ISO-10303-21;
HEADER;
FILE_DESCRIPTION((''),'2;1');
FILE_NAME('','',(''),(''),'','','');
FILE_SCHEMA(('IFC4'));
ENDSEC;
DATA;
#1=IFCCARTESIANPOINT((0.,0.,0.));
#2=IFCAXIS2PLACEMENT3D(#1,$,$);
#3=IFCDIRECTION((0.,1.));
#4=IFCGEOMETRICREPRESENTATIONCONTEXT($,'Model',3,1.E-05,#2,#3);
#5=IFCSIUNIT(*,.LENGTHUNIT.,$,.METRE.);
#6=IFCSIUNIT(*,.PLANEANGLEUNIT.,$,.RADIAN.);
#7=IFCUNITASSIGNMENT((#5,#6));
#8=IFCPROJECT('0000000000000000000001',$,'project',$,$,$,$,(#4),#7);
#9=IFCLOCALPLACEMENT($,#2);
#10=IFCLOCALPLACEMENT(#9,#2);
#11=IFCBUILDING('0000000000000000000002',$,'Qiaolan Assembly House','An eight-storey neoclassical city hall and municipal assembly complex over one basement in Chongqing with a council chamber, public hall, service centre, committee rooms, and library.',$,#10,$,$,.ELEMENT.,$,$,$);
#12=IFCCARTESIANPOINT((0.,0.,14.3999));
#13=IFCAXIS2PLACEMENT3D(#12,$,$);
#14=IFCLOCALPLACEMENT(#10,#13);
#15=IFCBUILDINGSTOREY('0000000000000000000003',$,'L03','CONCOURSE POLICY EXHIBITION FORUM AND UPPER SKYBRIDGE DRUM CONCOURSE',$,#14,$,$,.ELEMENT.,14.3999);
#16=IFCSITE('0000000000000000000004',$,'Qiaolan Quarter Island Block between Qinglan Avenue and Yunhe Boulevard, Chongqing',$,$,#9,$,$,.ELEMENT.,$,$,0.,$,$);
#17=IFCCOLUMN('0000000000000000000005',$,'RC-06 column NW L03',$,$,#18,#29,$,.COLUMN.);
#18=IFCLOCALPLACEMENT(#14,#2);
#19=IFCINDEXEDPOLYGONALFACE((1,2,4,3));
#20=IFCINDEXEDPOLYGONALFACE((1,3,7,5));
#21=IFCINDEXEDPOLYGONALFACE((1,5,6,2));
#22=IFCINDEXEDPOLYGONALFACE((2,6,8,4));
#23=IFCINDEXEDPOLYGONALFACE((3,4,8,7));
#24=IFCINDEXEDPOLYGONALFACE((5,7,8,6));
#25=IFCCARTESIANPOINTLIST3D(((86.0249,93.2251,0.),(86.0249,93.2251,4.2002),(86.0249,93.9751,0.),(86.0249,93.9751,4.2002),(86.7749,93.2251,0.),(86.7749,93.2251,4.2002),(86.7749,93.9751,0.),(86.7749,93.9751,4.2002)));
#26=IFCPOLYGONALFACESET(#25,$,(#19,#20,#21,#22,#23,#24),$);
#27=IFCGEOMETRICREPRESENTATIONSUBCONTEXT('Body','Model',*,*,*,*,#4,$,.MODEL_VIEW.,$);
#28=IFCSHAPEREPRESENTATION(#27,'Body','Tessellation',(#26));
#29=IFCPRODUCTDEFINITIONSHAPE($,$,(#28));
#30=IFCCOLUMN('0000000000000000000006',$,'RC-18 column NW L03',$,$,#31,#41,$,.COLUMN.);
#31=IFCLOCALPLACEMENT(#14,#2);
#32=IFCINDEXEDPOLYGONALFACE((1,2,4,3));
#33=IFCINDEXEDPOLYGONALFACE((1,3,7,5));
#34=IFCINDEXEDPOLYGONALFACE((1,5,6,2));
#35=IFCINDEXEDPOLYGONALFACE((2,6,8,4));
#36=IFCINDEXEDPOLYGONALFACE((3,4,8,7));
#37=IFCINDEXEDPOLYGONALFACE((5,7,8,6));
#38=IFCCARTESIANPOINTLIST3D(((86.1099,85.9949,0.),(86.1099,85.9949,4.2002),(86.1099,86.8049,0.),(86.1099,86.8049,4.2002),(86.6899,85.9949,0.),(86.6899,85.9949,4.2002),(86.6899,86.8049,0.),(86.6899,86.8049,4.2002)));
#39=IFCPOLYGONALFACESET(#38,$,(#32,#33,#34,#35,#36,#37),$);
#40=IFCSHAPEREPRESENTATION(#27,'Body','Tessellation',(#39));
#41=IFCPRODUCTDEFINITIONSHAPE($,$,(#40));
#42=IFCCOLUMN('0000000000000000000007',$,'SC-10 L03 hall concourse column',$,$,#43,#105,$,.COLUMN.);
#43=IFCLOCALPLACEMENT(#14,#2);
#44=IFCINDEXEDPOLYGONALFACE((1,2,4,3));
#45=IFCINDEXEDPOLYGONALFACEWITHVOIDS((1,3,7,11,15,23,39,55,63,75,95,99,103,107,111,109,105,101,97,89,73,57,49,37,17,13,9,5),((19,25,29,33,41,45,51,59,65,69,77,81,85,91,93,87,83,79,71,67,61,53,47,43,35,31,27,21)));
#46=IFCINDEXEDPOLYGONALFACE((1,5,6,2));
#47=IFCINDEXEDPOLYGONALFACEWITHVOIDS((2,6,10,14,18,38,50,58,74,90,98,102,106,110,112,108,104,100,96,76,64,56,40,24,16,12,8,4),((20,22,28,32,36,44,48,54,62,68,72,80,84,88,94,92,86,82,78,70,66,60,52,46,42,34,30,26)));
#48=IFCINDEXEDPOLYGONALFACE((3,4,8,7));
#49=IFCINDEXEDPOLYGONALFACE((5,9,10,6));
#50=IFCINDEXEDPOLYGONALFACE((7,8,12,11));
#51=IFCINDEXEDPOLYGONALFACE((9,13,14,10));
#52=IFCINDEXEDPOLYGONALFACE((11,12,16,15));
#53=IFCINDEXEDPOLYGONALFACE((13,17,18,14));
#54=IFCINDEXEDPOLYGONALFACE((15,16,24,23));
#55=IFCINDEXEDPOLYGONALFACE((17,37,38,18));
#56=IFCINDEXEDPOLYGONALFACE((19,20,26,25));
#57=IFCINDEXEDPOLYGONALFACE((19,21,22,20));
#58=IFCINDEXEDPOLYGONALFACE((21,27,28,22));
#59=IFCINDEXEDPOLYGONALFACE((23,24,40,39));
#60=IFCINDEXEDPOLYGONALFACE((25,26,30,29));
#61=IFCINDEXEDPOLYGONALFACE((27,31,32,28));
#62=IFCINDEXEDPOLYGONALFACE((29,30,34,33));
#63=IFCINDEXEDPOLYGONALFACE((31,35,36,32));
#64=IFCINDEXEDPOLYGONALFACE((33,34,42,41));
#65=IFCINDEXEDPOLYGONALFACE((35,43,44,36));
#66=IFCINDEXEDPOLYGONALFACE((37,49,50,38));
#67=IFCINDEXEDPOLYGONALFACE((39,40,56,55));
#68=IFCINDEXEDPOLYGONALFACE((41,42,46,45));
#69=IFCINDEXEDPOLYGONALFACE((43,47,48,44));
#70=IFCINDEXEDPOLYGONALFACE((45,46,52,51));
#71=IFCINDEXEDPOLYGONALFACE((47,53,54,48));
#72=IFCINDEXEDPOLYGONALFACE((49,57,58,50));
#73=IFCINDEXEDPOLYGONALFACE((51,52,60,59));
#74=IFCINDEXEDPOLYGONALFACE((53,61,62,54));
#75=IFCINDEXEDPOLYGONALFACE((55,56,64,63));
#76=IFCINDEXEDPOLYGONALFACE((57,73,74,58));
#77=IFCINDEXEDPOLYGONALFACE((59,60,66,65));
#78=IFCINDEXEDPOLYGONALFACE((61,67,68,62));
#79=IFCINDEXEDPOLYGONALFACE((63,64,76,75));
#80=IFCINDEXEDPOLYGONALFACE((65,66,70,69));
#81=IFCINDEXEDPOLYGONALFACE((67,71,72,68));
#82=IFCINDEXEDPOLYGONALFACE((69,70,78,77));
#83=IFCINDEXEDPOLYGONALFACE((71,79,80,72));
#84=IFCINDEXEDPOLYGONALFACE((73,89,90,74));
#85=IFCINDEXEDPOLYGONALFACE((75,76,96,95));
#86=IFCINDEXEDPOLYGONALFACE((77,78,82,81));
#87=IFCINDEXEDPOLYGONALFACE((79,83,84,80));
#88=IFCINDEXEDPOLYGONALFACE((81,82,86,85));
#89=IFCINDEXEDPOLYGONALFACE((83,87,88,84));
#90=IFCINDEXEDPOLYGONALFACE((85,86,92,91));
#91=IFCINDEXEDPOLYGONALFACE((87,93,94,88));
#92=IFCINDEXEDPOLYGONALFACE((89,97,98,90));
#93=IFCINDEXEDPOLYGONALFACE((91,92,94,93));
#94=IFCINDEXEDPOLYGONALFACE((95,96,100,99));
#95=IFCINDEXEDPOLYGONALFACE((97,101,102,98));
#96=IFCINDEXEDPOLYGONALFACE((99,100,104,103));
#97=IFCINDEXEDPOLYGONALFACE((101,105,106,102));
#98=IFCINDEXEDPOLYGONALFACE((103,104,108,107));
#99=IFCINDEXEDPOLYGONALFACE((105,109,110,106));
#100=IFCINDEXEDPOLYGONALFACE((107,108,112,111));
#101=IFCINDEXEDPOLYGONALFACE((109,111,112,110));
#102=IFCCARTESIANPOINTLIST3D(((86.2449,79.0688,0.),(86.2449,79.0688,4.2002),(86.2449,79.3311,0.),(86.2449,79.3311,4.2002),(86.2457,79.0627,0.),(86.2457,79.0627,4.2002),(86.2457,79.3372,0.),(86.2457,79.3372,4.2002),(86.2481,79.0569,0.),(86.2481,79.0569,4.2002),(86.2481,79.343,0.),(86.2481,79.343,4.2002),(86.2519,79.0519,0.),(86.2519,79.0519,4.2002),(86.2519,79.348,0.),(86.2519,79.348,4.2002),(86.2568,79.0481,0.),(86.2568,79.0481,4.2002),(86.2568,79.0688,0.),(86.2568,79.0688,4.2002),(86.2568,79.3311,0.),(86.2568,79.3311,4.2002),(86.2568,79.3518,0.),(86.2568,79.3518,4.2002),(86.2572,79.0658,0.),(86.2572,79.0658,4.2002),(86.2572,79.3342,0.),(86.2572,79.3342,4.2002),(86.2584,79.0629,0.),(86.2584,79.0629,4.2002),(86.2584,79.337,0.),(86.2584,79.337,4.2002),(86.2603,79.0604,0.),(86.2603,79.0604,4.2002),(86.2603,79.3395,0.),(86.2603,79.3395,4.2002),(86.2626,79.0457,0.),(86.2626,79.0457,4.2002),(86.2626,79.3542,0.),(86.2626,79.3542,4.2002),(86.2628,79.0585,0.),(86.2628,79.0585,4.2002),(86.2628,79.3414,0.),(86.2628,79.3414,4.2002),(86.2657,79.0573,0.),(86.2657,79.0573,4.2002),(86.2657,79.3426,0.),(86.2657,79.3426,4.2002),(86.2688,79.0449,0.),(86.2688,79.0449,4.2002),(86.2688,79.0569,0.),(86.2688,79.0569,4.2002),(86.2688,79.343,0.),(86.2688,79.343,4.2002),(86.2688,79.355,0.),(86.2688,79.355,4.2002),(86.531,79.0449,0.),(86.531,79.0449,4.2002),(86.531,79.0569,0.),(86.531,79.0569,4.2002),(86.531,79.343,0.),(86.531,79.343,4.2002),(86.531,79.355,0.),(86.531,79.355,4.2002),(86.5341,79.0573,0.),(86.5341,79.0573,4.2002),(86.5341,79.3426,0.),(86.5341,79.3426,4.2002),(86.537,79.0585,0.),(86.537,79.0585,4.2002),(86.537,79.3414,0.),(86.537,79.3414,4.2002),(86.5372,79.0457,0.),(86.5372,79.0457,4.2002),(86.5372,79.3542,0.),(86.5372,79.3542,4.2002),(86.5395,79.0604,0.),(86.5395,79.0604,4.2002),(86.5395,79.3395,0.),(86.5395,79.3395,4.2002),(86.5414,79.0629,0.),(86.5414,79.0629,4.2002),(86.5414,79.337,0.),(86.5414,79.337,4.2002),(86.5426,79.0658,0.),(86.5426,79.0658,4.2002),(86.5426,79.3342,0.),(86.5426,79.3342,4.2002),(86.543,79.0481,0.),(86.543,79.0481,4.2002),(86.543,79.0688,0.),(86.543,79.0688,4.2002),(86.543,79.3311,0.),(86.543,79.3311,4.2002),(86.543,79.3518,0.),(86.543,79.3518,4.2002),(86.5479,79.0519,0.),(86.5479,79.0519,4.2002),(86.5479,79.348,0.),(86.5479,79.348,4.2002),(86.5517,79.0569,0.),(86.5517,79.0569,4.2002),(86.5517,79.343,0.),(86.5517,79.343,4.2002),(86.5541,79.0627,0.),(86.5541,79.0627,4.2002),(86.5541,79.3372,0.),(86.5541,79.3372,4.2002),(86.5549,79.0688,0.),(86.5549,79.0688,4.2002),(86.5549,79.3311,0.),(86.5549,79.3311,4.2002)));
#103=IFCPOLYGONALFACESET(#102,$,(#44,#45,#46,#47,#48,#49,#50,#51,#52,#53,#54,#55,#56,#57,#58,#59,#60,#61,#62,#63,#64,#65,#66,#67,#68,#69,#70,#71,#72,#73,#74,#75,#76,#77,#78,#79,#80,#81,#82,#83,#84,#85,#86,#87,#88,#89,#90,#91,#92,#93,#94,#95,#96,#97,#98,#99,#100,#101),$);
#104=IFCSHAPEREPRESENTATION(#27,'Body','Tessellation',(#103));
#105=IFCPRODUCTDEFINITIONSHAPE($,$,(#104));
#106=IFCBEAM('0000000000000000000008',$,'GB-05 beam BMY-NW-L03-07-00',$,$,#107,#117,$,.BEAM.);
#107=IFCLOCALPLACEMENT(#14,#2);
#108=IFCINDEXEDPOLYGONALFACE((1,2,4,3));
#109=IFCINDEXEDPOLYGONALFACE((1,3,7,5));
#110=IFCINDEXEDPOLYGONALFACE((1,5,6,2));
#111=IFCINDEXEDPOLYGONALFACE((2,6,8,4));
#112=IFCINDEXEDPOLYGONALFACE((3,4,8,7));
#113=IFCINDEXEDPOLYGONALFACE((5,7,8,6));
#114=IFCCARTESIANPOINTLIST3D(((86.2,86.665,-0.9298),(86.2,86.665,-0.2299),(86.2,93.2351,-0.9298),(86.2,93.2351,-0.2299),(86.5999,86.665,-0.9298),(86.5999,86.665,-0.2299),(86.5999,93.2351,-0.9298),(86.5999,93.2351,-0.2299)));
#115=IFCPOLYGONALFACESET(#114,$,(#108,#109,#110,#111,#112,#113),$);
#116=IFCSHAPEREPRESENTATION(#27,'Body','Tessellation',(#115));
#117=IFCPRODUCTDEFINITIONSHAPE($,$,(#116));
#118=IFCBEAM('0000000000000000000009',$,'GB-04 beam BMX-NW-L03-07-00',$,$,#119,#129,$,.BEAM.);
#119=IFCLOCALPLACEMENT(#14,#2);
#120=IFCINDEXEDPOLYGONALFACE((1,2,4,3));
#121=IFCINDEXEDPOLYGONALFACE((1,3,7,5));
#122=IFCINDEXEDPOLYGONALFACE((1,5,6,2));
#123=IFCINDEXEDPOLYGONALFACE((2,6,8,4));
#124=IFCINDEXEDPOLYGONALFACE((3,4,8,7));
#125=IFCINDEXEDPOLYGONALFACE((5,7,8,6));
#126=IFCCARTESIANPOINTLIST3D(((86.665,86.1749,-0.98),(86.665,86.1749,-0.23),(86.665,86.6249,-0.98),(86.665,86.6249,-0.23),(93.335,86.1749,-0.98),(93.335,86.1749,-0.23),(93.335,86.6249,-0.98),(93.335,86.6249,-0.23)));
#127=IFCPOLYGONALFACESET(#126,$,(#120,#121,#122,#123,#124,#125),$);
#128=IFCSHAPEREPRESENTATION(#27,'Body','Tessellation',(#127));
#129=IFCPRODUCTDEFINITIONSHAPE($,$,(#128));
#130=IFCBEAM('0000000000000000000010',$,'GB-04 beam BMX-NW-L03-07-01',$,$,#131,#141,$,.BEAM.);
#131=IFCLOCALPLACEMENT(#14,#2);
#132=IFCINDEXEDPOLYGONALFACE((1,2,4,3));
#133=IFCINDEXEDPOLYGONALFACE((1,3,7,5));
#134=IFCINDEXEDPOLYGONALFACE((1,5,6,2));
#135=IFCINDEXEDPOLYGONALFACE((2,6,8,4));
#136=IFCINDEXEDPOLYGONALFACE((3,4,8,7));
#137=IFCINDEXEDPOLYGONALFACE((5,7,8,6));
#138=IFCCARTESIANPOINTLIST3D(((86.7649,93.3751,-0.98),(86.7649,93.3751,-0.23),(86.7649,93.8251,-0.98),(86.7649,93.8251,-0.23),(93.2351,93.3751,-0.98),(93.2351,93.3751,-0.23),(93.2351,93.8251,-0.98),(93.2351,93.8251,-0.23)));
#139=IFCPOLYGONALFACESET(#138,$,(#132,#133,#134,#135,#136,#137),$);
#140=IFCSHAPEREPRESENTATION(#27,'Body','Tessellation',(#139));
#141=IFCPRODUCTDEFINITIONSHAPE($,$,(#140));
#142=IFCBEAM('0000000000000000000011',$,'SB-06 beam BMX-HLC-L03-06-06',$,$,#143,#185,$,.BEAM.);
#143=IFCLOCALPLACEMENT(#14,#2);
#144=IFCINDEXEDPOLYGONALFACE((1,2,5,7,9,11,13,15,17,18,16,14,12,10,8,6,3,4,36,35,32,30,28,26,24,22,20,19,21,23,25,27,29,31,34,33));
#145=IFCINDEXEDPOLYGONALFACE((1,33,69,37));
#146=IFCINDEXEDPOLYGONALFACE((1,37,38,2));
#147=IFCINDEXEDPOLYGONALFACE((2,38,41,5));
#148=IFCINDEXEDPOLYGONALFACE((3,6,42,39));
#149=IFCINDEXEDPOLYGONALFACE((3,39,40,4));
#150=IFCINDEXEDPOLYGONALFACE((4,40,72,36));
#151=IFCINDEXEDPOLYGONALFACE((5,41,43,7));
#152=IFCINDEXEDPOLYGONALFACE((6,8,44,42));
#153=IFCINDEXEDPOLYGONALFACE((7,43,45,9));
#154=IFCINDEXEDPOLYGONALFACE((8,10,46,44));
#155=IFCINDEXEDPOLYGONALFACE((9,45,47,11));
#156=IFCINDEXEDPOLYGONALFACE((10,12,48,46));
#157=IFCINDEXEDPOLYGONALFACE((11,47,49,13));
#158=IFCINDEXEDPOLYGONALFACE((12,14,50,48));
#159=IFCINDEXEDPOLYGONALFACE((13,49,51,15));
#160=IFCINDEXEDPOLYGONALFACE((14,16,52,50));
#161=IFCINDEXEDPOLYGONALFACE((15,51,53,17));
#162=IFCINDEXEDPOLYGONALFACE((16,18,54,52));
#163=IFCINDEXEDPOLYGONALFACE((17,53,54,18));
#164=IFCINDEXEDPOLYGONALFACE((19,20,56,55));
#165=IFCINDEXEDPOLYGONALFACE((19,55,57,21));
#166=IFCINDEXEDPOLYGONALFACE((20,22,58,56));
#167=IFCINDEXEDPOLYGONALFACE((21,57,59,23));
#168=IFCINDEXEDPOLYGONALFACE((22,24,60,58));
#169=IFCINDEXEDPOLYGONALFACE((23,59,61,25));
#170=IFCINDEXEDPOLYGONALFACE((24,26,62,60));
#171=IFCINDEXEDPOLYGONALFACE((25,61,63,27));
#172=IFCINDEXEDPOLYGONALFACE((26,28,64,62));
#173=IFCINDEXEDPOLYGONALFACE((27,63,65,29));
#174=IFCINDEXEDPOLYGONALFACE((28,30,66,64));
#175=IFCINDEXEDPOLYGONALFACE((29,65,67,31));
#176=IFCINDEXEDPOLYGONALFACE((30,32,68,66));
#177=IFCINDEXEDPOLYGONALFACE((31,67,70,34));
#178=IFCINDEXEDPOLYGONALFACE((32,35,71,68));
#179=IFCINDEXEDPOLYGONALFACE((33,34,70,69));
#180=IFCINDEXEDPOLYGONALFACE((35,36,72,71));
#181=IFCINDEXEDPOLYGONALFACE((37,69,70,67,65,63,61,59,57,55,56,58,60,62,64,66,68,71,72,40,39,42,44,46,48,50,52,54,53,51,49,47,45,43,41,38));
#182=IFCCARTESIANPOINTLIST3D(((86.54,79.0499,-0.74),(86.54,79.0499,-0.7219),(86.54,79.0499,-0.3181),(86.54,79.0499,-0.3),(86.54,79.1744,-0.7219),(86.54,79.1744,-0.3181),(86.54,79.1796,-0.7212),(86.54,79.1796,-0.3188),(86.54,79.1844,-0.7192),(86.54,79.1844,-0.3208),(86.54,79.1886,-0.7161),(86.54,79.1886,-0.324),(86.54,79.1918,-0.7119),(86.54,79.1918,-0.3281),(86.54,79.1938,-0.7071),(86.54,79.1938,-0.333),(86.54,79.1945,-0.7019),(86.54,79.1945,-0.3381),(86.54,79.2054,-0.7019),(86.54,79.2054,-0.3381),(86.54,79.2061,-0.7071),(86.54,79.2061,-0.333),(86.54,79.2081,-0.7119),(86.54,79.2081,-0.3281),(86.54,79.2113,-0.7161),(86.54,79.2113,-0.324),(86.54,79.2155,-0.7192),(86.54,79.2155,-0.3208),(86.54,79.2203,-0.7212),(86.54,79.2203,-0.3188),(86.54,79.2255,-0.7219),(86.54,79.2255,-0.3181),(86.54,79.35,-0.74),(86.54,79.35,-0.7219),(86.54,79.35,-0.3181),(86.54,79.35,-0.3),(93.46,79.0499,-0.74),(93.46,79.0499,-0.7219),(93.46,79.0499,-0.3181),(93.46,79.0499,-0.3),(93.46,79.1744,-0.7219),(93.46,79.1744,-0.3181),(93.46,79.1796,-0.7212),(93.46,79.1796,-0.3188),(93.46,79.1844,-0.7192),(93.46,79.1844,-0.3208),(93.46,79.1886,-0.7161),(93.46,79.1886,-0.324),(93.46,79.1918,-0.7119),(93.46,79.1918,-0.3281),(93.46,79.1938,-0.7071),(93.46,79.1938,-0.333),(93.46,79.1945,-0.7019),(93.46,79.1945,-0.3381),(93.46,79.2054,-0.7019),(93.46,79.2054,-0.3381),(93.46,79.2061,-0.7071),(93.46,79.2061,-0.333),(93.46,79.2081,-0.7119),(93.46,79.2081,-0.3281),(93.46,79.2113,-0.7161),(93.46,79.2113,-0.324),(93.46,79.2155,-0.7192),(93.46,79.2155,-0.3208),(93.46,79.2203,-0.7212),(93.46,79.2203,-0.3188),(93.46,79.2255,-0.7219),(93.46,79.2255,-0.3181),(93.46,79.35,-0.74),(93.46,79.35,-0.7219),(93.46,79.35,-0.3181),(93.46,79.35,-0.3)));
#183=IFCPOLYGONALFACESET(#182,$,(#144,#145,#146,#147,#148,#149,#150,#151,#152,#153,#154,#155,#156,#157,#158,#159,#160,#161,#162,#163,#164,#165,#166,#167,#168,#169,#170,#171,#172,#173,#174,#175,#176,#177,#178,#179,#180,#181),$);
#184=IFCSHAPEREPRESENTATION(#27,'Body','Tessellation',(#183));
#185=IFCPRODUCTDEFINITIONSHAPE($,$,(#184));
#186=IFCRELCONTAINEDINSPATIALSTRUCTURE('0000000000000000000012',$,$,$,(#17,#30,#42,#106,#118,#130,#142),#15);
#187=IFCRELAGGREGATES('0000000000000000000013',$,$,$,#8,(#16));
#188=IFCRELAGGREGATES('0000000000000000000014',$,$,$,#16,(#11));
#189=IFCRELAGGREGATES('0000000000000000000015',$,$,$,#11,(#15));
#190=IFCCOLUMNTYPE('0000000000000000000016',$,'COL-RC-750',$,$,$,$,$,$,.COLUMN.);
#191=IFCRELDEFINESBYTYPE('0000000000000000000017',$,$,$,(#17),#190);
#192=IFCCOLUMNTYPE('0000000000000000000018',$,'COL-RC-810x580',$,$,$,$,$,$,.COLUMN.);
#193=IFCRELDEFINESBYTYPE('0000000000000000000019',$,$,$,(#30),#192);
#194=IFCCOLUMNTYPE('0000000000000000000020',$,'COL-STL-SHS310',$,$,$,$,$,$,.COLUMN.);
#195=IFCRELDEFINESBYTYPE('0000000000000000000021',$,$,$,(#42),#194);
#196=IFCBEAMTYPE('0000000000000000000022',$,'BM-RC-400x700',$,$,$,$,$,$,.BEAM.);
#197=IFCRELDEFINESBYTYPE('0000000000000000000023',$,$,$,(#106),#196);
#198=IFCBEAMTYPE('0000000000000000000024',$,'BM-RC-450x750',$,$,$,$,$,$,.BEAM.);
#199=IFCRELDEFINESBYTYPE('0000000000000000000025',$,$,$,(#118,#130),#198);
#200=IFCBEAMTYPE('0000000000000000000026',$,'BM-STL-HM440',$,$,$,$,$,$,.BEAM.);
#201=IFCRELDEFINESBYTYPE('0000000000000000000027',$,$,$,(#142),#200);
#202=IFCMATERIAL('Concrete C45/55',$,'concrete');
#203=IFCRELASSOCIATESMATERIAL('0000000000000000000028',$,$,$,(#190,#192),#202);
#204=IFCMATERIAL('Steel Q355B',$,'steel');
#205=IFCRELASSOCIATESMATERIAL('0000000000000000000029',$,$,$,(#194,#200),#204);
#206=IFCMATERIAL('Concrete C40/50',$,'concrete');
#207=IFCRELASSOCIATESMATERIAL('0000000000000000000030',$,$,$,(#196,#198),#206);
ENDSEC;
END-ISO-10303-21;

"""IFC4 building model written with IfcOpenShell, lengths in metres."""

from ifc_helpers import new_model, si_unit, direction, frame, origin, origin_2d, place, context, subcontext, project, spatial, rectangle, hollow_rectangle, i_section, extrude, material, material_profile, profile_set, type_object, element, save


model = new_model("IFC4")

# Units and contexts
model_context = context("Model", 3, precision=1e-05, world=origin(), true_north=direction((0.0, 1.0)))
body_context = subcontext(model_context, "Body", "Model", "MODEL_VIEW")
ifc_project = project(units=[si_unit("LENGTHUNIT", "METRE"), si_unit("PLANEANGLEUNIT", "RADIAN")], contexts=[model_context])

# Site, building, storey
site_placement = place(None, origin())
site = spatial("IfcSite", under=ifc_project, at=site_placement, Name="Qiaolan Quarter Island Block between Qinglan Avenue and Yunhe Boulevard, Chongqing", CompositionType="ELEMENT", RefElevation=0.0)
building_placement = place(site_placement, origin())
building = spatial("IfcBuilding", under=site, at=building_placement, Name="Qiaolan Assembly House", Description="An eight-storey neoclassical city hall and municipal assembly complex over one basement in Chongqing with a council chamber, public hall, service centre, committee rooms, and library.", CompositionType="ELEMENT")
storey_placement = place(building_placement, frame((0.0, 0.0, 14.3999)))
storey = spatial("IfcBuildingStorey", under=building, at=storey_placement, Name="L03", Description="CONCOURSE POLICY EXHIBITION FORUM AND UPPER SKYBRIDGE DRUM CONCOURSE", CompositionType="ELEMENT", Elevation=14.3999)

# Columns
ifc_material_1 = material(Name="Concrete C45/55", Category="concrete")
ifc_material_profile_1 = material_profile(ifc_material_1, rectangle(XDim=0.75, YDim=0.75, at=origin_2d()), Name="RC 750x750")
ifc_profile_set_1 = profile_set([ifc_material_profile_1], Name="Concrete C45/55")
column_type_1 = type_object("IfcColumnType", Name="COL-RC-750", PredefinedType="COLUMN", material=ifc_profile_set_1)
column_1_placement = place(storey_placement, frame((86.3999, 93.6001, 0.0), z_axis=(0.0, 0.0, 1.0), x_axis=(1.0, 0.0, 0.0)))
element("IfcColumn", 1, at=column_1_placement, inside=storey, type_object=column_type_1, Name="RC-06 column NW L03", PredefinedType="COLUMN", context=body_context, shape_type="SweptSolid", body=[
    extrude(rectangle(XDim=0.75, YDim=0.75, at=origin_2d()), origin(), (0.0, 0.0, 1.0), 4.2002),
])
ifc_material_profile_2 = material_profile(ifc_material_1, rectangle(XDim=0.5801, YDim=0.8101, at=origin_2d()), Name="RC 810x580")
ifc_profile_set_2 = profile_set([ifc_material_profile_2], Name="Concrete C45/55")
column_type_2 = type_object("IfcColumnType", Name="COL-RC-810x580", PredefinedType="COLUMN", material=ifc_profile_set_2)
column_2_placement = place(storey_placement, frame((86.3999, 86.3999, 0.0), z_axis=(0.0, 0.0, 1.0), x_axis=(1.0, 0.0, 0.0)))
element("IfcColumn", 2, at=column_2_placement, inside=storey, type_object=column_type_2, Name="RC-18 column NW L03", PredefinedType="COLUMN", context=body_context, shape_type="SweptSolid", body=[
    extrude(rectangle(XDim=0.5801, YDim=0.8101, at=origin_2d()), origin(), (0.0, 0.0, 1.0), 4.2002),
])
ifc_material_2 = material(Name="Steel Q355B", Category="steel")
ifc_material_profile_3 = material_profile(ifc_material_2, hollow_rectangle(XDim=0.3101, YDim=0.3101, WallThickness=0.012, InnerFilletRadius=0.012, OuterFilletRadius=0.0239, at=origin_2d()), Name="SHS 310x310x12")
ifc_profile_set_3 = profile_set([ifc_material_profile_3], Name="Steel Q355B")
column_type_3 = type_object("IfcColumnType", Name="COL-STL-SHS310", PredefinedType="COLUMN", material=ifc_profile_set_3)
column_3_placement = place(storey_placement, frame((86.3999, 79.2, 0.0), z_axis=(0.0, 0.0, 1.0), x_axis=(1.0, 0.0, 0.0)))
element("IfcColumn", 3, at=column_3_placement, inside=storey, type_object=column_type_3, Name="SC-10 L03 hall concourse column", PredefinedType="COLUMN", context=body_context, shape_type="SweptSolid", body=[
    extrude(hollow_rectangle(XDim=0.3101, YDim=0.3101, WallThickness=0.012, InnerFilletRadius=0.012, OuterFilletRadius=0.0239, at=origin_2d()), origin(), (0.0, 0.0, 1.0), 4.2002),
])

# Beams
ifc_material_3 = material(Name="Concrete C40/50", Category="concrete")
ifc_material_profile_4 = material_profile(ifc_material_3, rectangle(XDim=0.3999, YDim=0.7, at=origin_2d()), Name="RCB 400x700")
ifc_profile_set_4 = profile_set([ifc_material_profile_4], Name="Concrete C40/50")
beam_type_1 = type_object("IfcBeamType", Name="BM-RC-400x700", PredefinedType="BEAM", material=ifc_profile_set_4)
beam_1_placement = place(storey_placement, frame((86.3999, 86.665, -0.5798), z_axis=(0.0, 1.0, 0.0), x_axis=(-1.0, 0.0, 0.0)))
element("IfcBeam", 4, at=beam_1_placement, inside=storey, type_object=beam_type_1, Name="GB-05 beam BMY-NW-L03-07-00", PredefinedType="BEAM", context=body_context, shape_type="SweptSolid", body=[
    extrude(rectangle(XDim=0.3999, YDim=0.7, at=origin_2d()), origin(), (0.0, 0.0, 1.0), 6.5701),
])
ifc_material_profile_5 = material_profile(ifc_material_3, rectangle(XDim=0.45, YDim=0.75, at=origin_2d()), Name="RCB 450x750")
ifc_profile_set_5 = profile_set([ifc_material_profile_5], Name="Concrete C40/50")
beam_type_2 = type_object("IfcBeamType", Name="BM-RC-450x750", PredefinedType="BEAM", material=ifc_profile_set_5)
beam_2_placement = place(storey_placement, frame((86.665, 86.3999, -0.605), z_axis=(1.0, 0.0, 0.0), x_axis=(0.0, 1.0, 0.0)))
element("IfcBeam", 5, at=beam_2_placement, inside=storey, type_object=beam_type_2, Name="GB-04 beam BMX-NW-L03-07-00", PredefinedType="BEAM", context=body_context, shape_type="SweptSolid", body=[
    extrude(rectangle(XDim=0.45, YDim=0.75, at=origin_2d()), origin(), (0.0, 0.0, 1.0), 6.6699),
])
beam_3_placement = place(storey_placement, frame((86.7649, 93.6001, -0.605), z_axis=(1.0, 0.0, 0.0), x_axis=(0.0, 1.0, 0.0)))
element("IfcBeam", 6, at=beam_3_placement, inside=storey, type_object=beam_type_2, Name="GB-04 beam BMX-NW-L03-07-01", PredefinedType="BEAM", context=body_context, shape_type="SweptSolid", body=[
    extrude(rectangle(XDim=0.45, YDim=0.75, at=origin_2d()), origin(), (0.0, 0.0, 1.0), 6.4702),
])
ifc_material_profile_6 = material_profile(ifc_material_2, i_section(OverallWidth=0.3, OverallDepth=0.4399, WebThickness=0.011, FlangeThickness=0.0181, FilletRadius=0.02, at=origin_2d()), Name="HM 440x300x11x18")
ifc_profile_set_6 = profile_set([ifc_material_profile_6], Name="Steel Q355B")
beam_type_3 = type_object("IfcBeamType", Name="BM-STL-HM440", PredefinedType="BEAM", material=ifc_profile_set_6)
beam_4_placement = place(storey_placement, frame((86.54, 79.2, -0.52), z_axis=(1.0, 0.0, 0.0), x_axis=(0.0, 1.0, 0.0)))
element("IfcBeam", 7, at=beam_4_placement, inside=storey, type_object=beam_type_3, Name="SB-06 beam BMX-HLC-L03-06-06", PredefinedType="BEAM", context=body_context, shape_type="SweptSolid", body=[
    extrude(i_section(OverallWidth=0.3, OverallDepth=0.4399, WebThickness=0.011, FlangeThickness=0.0181, FilletRadius=0.02, at=origin_2d()), origin(), (0.0, 0.0, 1.0), 6.9199),
])

save(model, "model.ifc")
